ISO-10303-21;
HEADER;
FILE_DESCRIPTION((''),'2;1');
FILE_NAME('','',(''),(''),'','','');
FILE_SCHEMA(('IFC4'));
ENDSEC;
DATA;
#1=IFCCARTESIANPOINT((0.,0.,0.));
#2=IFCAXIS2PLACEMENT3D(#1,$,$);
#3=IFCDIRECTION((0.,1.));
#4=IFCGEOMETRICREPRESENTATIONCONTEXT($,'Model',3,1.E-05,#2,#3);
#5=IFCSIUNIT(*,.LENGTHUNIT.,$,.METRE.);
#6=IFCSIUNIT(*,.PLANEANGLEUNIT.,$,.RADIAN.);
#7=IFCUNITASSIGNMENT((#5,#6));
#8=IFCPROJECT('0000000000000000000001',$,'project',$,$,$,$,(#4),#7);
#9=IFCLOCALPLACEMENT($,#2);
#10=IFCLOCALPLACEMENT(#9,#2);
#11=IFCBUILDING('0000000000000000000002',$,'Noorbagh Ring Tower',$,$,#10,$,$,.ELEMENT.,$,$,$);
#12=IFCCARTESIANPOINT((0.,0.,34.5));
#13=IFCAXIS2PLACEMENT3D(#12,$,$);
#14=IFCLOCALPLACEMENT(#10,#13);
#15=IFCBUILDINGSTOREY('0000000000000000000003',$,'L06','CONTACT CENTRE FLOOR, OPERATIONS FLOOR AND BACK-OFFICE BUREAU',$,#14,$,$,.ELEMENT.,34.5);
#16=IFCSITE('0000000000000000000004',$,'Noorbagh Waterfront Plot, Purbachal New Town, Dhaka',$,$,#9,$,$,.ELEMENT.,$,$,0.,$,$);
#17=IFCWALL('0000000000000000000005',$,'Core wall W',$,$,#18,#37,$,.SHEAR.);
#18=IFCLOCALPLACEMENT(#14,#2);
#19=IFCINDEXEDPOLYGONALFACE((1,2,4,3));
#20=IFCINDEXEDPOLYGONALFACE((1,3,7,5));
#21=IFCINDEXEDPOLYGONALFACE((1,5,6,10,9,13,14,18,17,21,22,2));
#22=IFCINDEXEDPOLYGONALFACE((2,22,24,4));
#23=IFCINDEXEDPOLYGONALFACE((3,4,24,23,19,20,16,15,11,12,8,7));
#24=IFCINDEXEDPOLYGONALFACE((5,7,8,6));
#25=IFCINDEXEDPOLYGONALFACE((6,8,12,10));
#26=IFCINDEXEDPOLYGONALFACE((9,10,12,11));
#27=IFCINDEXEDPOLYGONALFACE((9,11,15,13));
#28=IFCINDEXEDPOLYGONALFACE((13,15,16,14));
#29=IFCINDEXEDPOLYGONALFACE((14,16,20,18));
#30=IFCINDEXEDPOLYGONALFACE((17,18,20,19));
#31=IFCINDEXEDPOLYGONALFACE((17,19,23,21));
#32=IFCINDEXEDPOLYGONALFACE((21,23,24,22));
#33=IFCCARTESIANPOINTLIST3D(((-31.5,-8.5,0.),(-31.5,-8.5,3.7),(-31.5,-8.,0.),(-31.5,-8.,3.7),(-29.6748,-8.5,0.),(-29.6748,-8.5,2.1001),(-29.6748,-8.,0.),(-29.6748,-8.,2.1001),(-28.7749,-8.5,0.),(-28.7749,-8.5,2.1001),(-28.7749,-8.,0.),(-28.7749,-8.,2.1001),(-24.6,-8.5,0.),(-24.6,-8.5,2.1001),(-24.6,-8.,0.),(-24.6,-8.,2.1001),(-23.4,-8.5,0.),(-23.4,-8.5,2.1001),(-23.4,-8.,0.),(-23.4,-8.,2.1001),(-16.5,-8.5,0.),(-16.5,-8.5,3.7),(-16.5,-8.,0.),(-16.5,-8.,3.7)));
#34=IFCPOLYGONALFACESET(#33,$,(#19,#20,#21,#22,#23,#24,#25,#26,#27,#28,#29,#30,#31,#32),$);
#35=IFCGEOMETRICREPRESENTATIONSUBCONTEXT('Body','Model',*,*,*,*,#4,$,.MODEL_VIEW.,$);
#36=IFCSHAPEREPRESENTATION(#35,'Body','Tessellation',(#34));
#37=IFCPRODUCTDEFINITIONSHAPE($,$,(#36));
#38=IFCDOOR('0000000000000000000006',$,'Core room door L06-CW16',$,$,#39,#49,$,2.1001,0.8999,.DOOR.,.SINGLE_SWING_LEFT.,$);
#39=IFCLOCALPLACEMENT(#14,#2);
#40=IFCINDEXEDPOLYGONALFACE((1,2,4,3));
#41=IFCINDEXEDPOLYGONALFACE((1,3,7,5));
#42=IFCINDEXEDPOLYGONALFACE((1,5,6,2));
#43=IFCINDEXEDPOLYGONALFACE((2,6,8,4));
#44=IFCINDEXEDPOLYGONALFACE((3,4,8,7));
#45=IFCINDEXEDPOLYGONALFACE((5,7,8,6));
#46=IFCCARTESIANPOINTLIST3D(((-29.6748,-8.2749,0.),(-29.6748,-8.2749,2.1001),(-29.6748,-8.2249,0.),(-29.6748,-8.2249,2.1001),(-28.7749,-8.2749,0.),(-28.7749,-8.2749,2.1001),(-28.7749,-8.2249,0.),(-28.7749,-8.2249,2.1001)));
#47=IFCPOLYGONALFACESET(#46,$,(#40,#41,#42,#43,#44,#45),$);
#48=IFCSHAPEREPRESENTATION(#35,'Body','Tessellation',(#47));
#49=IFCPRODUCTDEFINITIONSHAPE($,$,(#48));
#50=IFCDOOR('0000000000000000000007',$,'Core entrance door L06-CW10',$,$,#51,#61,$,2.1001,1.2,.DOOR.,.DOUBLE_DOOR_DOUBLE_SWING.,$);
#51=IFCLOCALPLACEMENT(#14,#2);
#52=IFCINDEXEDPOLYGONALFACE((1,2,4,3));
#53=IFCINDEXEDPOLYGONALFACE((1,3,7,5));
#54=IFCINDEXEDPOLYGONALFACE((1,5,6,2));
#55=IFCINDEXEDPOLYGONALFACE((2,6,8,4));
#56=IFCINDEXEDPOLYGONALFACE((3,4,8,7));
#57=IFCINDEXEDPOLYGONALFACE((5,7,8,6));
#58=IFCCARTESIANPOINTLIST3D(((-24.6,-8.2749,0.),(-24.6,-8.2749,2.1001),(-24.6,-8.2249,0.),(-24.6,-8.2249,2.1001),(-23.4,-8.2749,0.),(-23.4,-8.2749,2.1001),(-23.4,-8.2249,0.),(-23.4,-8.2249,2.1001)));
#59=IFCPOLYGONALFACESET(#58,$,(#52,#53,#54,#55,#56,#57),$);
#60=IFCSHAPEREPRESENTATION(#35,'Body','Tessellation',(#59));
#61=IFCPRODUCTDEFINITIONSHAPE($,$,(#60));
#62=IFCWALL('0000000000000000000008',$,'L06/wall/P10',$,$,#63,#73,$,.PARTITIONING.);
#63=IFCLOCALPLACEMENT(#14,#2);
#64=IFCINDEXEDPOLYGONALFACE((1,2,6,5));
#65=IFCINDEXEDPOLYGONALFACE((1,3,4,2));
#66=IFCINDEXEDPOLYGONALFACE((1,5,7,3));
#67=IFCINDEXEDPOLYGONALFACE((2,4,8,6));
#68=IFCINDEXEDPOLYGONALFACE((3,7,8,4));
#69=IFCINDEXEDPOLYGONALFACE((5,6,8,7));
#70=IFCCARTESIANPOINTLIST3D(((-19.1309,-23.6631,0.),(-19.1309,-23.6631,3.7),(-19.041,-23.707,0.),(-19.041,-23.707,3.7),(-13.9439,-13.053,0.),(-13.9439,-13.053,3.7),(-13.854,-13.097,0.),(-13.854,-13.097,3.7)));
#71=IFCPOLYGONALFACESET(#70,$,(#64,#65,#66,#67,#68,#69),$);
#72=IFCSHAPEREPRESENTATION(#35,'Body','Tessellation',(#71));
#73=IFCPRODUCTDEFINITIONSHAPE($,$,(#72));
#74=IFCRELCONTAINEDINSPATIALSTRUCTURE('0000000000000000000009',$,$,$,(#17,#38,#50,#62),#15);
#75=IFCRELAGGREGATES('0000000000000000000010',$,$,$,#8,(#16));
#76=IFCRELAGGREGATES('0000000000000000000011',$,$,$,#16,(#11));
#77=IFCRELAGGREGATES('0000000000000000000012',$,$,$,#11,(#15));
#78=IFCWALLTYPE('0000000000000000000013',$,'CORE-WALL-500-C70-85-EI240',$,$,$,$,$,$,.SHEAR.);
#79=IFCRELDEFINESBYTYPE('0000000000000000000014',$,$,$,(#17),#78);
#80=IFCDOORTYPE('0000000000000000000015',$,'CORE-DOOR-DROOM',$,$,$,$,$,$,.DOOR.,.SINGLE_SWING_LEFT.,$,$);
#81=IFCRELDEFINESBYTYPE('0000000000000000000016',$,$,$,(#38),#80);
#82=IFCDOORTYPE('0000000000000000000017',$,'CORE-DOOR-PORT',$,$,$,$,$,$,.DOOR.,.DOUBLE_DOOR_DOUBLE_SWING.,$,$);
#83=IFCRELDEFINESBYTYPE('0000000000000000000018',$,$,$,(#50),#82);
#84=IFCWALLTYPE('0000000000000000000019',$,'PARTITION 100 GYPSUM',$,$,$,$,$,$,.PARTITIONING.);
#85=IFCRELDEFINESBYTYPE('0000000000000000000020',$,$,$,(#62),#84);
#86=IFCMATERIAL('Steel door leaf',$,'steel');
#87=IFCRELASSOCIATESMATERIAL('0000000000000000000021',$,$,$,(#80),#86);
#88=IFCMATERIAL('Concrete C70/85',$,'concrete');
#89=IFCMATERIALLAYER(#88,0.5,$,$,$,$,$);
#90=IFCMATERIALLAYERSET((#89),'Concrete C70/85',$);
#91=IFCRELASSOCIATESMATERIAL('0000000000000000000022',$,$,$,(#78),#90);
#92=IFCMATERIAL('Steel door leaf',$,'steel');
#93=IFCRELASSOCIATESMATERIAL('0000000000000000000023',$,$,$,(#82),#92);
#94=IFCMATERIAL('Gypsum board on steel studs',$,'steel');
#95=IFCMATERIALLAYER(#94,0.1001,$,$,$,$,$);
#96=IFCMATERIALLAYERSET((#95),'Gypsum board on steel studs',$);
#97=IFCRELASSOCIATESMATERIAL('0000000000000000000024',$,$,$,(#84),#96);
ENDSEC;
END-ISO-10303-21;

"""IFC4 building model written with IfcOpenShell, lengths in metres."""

from ifc_helpers import new_model, si_unit, direction, frame, frame_2d, origin, place, context, subcontext, project, spatial, rectangle, extrude, material, layer, layer_set, type_object, element, fill, save


model = new_model("IFC4")

# Units and contexts
model_context = context("Model", 3, precision=1e-05, world=origin(), true_north=direction((0.0, 1.0)))
body_context = subcontext(model_context, "Body", "Model", "MODEL_VIEW")
ifc_project = project(units=[si_unit("LENGTHUNIT", "METRE"), si_unit("PLANEANGLEUNIT", "RADIAN")], contexts=[model_context])

# Site, building, storey
site_placement = place(None, origin())
site = spatial("IfcSite", under=ifc_project, at=site_placement, Name="Noorbagh Waterfront Plot, Purbachal New Town, Dhaka", CompositionType="ELEMENT", RefElevation=0.0)
building_placement = place(site_placement, origin())
building = spatial("IfcBuilding", under=site, at=building_placement, Name="Noorbagh Ring Tower", CompositionType="ELEMENT")
storey_placement = place(building_placement, frame((0.0, 0.0, 34.5)))
storey = spatial("IfcBuildingStorey", under=building, at=storey_placement, Name="L06", Description="CONTACT CENTRE FLOOR, OPERATIONS FLOOR AND BACK-OFFICE BUREAU", CompositionType="ELEMENT", Elevation=34.5)

# Shared definitions
ifc_material_1 = material(Name="Steel door leaf", Category="steel")
door_type_1 = type_object("IfcDoorType", Name="CORE-DOOR-DROOM", OperationType="SINGLE_SWING_LEFT", PredefinedType="DOOR", material=ifc_material_1)

# Wall, openings, doors
ifc_material_2 = material(Name="Concrete C70/85", Category="concrete")
ifc_layer_1 = layer(ifc_material_2, 0.5)
ifc_layer_set_1 = layer_set([ifc_layer_1], Name="Concrete C70/85")
wall_type_1 = type_object("IfcWallType", Name="CORE-WALL-500-C70-85-EI240", PredefinedType="SHEAR", material=ifc_layer_set_1)
wall_1_placement = place(storey_placement, frame((-16.5, -8.25, 0.0), z_axis=(0.0, 0.0, 1.0), x_axis=(-1.0, 0.0, 0.0)))
wall_1 = element("IfcWall", 1, at=wall_1_placement, inside=storey, type_object=wall_type_1, Name="Core wall W", PredefinedType="SHEAR", context=body_context, shape_type="SweptSolid", body=[
    extrude(rectangle(XDim=15.0, YDim=0.5, at=frame_2d((7.5, 0.0))), origin(), (0.0, 0.0, 1.0), 3.7),
])
opening_1_placement = place(wall_1_placement, frame((6.8999, 0.0, 0.0)))
opening_1 = element("IfcOpeningElement", 2, at=opening_1_placement, cuts=wall_1, PredefinedType="OPENING", context=body_context, shape_type="SweptSolid", body=[
    extrude(rectangle(XDim=1.2, YDim=2.1001, at=frame_2d((0.6001, 1.05))), frame((0.0, 0.26, 0.0), z_axis=(0.0, -1.0, 0.0), x_axis=(1.0, 0.0, 0.0)), (0.0, 0.0, 1.0), 0.52),
])
opening_2_placement = place(wall_1_placement, frame((12.2749, 0.0, 0.0)))
opening_2 = element("IfcOpeningElement", 3, at=opening_2_placement, cuts=wall_1, PredefinedType="OPENING", context=body_context, shape_type="SweptSolid", body=[
    extrude(rectangle(XDim=0.8999, YDim=2.1001, at=frame_2d((0.45, 1.05))), frame((0.0, 0.26, 0.0), z_axis=(0.0, -1.0, 0.0), x_axis=(1.0, 0.0, 0.0)), (0.0, 0.0, 1.0), 0.52),
])
door_1_placement = place(opening_2_placement, origin())
door_1 = element("IfcDoor", 4, at=door_1_placement, inside=storey, type_object=door_type_1, Name="Core room door L06-CW16", OperationType="SINGLE_SWING_LEFT", OverallHeight=2.1001, OverallWidth=0.8999, PredefinedType="DOOR", context=body_context, shape_type="SweptSolid", body=[
    extrude(rectangle(XDim=0.8999, YDim=2.1001, at=frame_2d((0.45, 1.05))), frame((0.0, 0.0249, 0.0), z_axis=(0.0, -1.0, 0.0), x_axis=(1.0, 0.0, 0.0)), (0.0, 0.0, 1.0), 0.05),
])
fill(opening_2, door_1)
ifc_material_3 = material(Name="Steel door leaf", Category="steel")
door_type_2 = type_object("IfcDoorType", Name="CORE-DOOR-PORT", OperationType="DOUBLE_DOOR_DOUBLE_SWING", PredefinedType="DOOR", material=ifc_material_3)
door_2_placement = place(opening_1_placement, origin())
door_2 = element("IfcDoor", 5, at=door_2_placement, inside=storey, type_object=door_type_2, Name="Core entrance door L06-CW10", OperationType="DOUBLE_DOOR_DOUBLE_SWING", OverallHeight=2.1001, OverallWidth=1.2, PredefinedType="DOOR", context=body_context, shape_type="SweptSolid", body=[
    extrude(rectangle(XDim=1.2, YDim=2.1001, at=frame_2d((0.6001, 1.05))), frame((0.0, 0.0249, 0.0), z_axis=(0.0, -1.0, 0.0), x_axis=(1.0, 0.0, 0.0)), (0.0, 0.0, 1.0), 0.05),
])
fill(opening_1, door_2)

# Wall
ifc_material_4 = material(Name="Gypsum board on steel studs", Category="steel")
ifc_layer_2 = layer(ifc_material_4, 0.1001)
ifc_layer_set_2 = layer_set([ifc_layer_2], Name="Gypsum board on steel studs")
wall_type_2 = type_object("IfcWallType", Name="PARTITION 100 GYPSUM", PredefinedType="PARTITIONING", material=ifc_layer_set_2)
wall_2_placement = place(storey_placement, frame((-19.0859, -23.6851, 0.0), z_axis=(0.0, 0.0, 1.0), x_axis=(0.4392, 0.898389, 0.0)))
element("IfcWall", 6, at=wall_2_placement, inside=storey, type_object=wall_type_2, Name="L06/wall/P10", PredefinedType="PARTITIONING", context=body_context, shape_type="SweptSolid", body=[
    extrude(rectangle(XDim=11.8101, YDim=0.1001, at=frame_2d((5.905, 0.0))), origin(), (0.0, 0.0, 1.0), 3.7),
])

save(model, "model.ifc")
